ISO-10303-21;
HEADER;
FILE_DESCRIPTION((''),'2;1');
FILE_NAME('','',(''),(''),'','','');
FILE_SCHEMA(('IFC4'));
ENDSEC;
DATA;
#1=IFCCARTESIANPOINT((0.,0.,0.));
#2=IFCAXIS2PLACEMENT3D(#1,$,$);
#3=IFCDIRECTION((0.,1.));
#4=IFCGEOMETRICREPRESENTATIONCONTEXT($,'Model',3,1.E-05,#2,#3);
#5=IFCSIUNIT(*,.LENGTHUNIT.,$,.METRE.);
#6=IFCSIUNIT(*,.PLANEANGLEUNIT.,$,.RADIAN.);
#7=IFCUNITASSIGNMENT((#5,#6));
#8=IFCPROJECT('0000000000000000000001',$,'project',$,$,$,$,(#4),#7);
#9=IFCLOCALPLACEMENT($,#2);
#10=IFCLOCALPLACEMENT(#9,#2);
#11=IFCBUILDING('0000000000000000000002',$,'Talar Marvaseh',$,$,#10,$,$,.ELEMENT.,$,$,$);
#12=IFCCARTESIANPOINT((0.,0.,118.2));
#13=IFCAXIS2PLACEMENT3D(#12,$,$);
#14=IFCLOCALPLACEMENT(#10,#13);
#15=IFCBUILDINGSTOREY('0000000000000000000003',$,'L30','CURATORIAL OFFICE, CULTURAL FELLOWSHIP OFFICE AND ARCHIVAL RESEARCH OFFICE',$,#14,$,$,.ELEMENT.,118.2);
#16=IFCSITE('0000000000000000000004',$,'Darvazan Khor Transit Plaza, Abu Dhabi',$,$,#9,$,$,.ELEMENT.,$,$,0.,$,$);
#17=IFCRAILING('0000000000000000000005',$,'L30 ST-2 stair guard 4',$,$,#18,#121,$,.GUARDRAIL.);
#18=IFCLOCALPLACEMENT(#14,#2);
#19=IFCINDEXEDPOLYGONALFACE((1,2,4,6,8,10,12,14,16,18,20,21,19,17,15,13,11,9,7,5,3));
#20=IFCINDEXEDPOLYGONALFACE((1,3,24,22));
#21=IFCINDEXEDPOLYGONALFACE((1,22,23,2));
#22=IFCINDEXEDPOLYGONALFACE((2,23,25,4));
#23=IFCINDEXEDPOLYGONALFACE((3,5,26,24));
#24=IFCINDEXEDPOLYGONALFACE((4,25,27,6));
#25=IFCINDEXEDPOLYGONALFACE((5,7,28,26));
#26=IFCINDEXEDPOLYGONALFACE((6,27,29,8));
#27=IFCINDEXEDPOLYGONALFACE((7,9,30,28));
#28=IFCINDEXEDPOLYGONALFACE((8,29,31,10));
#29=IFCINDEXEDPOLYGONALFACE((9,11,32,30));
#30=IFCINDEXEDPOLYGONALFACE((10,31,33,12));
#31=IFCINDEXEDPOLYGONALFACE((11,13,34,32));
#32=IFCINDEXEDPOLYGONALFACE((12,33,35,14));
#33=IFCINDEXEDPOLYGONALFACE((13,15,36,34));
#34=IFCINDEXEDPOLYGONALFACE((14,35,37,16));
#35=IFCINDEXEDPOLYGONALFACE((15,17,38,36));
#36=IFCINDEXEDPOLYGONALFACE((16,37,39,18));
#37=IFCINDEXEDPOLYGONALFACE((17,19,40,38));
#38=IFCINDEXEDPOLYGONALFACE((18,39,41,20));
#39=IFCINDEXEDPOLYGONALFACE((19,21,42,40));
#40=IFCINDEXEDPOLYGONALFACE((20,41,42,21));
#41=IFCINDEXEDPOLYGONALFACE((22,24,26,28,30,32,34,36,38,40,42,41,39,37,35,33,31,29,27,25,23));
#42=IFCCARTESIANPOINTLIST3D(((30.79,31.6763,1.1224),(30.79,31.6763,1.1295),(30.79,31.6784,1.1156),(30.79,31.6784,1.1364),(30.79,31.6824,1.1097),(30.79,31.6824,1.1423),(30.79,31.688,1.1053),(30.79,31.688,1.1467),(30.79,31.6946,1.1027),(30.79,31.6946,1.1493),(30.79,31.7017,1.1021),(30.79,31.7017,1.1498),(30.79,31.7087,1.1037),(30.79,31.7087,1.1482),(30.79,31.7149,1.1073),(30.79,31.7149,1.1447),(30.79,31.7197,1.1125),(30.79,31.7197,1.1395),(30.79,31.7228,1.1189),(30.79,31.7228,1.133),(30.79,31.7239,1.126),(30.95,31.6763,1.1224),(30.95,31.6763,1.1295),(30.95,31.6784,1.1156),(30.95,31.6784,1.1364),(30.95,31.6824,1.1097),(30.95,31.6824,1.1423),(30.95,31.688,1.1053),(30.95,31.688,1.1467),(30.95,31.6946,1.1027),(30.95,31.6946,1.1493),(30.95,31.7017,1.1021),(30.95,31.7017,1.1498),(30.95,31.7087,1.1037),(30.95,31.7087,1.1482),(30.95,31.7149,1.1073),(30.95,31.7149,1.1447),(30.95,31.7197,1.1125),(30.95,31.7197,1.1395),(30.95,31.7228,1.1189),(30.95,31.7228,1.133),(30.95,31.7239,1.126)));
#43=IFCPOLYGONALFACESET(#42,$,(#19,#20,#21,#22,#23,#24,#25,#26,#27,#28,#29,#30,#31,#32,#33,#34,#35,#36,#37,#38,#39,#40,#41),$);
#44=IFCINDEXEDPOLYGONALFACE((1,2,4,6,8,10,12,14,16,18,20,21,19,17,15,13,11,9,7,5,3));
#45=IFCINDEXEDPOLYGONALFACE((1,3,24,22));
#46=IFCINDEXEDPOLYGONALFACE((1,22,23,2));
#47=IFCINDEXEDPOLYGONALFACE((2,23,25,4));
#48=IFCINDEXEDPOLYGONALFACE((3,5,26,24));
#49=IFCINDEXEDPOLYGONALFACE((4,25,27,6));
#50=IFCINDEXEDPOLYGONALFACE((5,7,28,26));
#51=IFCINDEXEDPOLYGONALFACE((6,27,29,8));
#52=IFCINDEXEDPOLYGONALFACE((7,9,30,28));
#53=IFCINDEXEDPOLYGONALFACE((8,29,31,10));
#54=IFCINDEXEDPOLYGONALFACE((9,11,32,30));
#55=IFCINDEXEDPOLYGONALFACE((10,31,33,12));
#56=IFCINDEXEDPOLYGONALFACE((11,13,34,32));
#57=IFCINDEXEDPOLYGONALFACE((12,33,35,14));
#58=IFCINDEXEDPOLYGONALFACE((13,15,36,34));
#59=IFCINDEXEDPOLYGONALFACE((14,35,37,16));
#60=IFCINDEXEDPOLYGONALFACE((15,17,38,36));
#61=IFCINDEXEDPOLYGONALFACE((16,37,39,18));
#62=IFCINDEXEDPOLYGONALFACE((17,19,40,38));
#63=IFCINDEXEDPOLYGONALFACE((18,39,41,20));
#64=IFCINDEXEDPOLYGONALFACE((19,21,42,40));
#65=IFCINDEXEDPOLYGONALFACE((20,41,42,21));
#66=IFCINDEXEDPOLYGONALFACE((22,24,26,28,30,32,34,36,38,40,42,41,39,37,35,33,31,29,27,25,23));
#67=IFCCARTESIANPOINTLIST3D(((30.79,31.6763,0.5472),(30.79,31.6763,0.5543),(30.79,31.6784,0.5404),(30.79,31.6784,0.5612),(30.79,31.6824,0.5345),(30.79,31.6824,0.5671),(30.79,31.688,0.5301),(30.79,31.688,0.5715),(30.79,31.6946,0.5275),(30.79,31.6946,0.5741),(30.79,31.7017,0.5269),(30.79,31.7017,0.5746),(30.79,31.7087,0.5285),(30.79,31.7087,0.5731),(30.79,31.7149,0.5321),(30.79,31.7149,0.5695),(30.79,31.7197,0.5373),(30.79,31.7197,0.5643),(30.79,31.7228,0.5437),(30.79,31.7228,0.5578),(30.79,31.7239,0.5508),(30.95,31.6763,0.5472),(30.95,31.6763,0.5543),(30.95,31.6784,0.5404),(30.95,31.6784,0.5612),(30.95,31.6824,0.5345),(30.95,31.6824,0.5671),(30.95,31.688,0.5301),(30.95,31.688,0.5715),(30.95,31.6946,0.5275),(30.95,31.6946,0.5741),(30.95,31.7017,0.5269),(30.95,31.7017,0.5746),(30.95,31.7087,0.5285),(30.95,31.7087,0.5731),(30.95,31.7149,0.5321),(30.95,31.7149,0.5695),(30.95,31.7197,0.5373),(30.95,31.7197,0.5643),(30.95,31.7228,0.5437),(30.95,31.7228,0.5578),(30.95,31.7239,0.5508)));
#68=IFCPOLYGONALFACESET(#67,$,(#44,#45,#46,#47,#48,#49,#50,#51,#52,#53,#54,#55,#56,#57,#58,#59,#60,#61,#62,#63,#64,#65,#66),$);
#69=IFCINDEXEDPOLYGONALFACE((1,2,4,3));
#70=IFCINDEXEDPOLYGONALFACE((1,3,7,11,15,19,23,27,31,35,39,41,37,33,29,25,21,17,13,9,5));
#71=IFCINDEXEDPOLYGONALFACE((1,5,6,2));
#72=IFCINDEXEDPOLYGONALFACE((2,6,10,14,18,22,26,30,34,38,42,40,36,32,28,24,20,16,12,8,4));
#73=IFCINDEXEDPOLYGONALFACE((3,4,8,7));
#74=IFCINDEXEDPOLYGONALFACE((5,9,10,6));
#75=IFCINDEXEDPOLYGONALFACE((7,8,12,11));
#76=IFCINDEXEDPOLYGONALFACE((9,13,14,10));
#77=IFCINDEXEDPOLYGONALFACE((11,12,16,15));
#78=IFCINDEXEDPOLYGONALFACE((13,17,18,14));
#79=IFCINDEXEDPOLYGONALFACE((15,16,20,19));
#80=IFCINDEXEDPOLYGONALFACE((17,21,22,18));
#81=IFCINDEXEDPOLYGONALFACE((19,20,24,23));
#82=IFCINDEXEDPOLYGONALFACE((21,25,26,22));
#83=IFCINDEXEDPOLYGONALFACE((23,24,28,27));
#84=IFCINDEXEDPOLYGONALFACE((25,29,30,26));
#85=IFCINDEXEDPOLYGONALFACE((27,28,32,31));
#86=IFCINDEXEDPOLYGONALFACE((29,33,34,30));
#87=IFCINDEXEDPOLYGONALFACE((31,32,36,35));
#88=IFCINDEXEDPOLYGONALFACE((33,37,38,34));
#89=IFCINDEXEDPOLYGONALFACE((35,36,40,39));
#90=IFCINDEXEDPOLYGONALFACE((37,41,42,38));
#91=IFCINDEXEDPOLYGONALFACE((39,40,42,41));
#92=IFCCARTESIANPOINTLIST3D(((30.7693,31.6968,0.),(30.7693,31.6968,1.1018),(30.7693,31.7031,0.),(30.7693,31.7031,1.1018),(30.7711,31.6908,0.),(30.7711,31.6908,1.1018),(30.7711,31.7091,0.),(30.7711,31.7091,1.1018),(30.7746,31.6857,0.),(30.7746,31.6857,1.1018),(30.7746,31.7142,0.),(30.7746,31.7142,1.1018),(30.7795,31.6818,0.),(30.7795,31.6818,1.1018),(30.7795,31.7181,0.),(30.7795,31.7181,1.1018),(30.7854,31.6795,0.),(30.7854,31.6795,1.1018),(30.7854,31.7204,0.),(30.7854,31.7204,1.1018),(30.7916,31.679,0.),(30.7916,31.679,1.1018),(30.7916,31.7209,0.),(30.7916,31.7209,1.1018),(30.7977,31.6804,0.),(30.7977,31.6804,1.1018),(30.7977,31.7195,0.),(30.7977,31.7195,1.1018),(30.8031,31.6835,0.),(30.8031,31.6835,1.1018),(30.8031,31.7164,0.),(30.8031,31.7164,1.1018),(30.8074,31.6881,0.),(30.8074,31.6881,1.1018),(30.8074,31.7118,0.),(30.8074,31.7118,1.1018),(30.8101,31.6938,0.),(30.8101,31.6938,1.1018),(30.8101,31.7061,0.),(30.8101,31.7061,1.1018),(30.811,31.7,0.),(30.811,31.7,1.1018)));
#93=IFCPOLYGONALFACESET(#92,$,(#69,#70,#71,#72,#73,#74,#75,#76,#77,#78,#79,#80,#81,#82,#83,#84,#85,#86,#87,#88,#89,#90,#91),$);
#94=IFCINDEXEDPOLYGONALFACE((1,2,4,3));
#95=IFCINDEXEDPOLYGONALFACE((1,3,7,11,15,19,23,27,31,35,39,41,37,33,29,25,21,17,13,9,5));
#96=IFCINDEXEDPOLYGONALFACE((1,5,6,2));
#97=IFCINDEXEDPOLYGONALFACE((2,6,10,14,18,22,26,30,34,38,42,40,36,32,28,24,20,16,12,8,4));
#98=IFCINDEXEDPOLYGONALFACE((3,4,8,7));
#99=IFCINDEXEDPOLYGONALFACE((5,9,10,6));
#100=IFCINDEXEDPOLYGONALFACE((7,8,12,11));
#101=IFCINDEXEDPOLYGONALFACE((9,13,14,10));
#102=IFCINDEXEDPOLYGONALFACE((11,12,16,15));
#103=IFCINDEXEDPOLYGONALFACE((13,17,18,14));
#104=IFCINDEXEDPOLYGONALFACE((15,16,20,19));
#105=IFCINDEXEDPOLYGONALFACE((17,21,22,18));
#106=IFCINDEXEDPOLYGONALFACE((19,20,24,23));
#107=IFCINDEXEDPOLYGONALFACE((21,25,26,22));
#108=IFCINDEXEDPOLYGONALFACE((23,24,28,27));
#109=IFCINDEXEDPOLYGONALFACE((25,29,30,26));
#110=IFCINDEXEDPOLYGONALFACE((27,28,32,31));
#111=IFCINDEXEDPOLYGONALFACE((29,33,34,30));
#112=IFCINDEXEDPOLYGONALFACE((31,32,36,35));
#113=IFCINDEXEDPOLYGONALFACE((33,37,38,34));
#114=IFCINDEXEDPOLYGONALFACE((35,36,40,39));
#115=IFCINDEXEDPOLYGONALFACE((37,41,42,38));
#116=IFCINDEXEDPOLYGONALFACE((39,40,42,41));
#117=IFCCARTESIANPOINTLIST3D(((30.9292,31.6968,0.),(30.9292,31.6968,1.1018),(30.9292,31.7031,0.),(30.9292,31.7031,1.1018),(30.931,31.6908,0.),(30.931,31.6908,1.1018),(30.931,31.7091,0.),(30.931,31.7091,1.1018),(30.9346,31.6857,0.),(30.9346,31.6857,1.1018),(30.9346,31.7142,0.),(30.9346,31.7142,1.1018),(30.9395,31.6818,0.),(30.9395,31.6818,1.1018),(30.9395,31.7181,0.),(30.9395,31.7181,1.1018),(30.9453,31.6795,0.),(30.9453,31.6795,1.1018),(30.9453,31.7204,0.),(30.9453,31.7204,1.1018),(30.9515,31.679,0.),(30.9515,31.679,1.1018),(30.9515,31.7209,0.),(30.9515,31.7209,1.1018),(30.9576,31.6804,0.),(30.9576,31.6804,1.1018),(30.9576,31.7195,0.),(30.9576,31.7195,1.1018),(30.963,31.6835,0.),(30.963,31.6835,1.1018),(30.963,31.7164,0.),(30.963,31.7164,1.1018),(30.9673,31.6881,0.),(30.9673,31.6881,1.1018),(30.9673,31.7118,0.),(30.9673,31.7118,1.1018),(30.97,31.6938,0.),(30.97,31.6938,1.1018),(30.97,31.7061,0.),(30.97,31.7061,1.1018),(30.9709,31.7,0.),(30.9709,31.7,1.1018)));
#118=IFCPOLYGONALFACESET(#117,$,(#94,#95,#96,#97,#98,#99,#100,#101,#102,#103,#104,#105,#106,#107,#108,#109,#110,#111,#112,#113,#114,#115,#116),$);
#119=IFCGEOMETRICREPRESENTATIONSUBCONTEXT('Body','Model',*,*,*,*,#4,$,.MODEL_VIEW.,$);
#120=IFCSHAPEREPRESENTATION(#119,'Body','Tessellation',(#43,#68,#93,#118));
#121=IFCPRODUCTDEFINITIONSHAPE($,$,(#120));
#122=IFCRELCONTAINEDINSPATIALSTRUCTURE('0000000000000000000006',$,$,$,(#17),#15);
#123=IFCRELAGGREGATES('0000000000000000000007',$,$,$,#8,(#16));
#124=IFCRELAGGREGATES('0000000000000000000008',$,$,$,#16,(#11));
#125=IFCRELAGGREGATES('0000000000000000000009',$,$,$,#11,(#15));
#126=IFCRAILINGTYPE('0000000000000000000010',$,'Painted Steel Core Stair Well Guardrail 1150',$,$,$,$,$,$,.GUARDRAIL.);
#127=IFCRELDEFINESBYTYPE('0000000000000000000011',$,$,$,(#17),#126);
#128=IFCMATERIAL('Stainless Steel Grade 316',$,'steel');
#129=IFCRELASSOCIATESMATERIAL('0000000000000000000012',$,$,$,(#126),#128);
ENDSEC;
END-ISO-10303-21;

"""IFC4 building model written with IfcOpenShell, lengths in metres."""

from ifc_helpers import new_model, si_unit, direction, frame, origin, origin_2d, place, context, subcontext, project, spatial, circle, extrude, material, type_object, element, save


model = new_model("IFC4")

# Units and contexts
model_context = context("Model", 3, precision=1e-05, world=origin(), true_north=direction((0.0, 1.0)))
body_context = subcontext(model_context, "Body", "Model", "MODEL_VIEW")
ifc_project = project(units=[si_unit("LENGTHUNIT", "METRE"), si_unit("PLANEANGLEUNIT", "RADIAN")], contexts=[model_context])

# Site, building, storey
site_placement = place(None, origin())
site = spatial("IfcSite", under=ifc_project, at=site_placement, Name="Darvazan Khor Transit Plaza, Abu Dhabi", CompositionType="ELEMENT", RefElevation=0.0)
building_placement = place(site_placement, origin())
building = spatial("IfcBuilding", under=site, at=building_placement, Name="Talar Marvaseh", CompositionType="ELEMENT")
storey_placement = place(building_placement, frame((0.0, 0.0, 118.2)))
storey = spatial("IfcBuildingStorey", under=building, at=storey_placement, Name="L30", Description="CURATORIAL OFFICE, CULTURAL FELLOWSHIP OFFICE AND ARCHIVAL RESEARCH OFFICE", CompositionType="ELEMENT", Elevation=118.2)

# Shared definitions
ifc_material_1 = material(Name="Stainless Steel Grade 316", Category="steel")

# Railing
railing_type_1 = type_object("IfcRailingType", Name="Painted Steel Core Stair Well Guardrail 1150", PredefinedType="GUARDRAIL", material=ifc_material_1)
railing_1_placement = place(storey_placement, frame((30.79, 31.7, 0.0)))
element("IfcRailing", 1, at=railing_1_placement, inside=storey, type_object=railing_type_1, Name="L30 ST-2 stair guard 4", PredefinedType="GUARDRAIL", context=body_context, shape_type="SweptSolid", body=[
    extrude(circle(Radius=0.0239, at=origin_2d()), frame((0.0, 0.0, 1.126), z_axis=(1.0, 0.0, 0.0), x_axis=(0.0, 1.0, 0.0)), (0.0, 0.0, 1.0), 0.1599),
    extrude(circle(Radius=0.0239, at=origin_2d()), frame((0.0, 0.0, 0.5508), z_axis=(1.0, 0.0, 0.0), x_axis=(0.0, 1.0, 0.0)), (0.0, 0.0, 1.0), 0.1599),
    extrude(circle(Radius=0.021, at=origin_2d()), origin(), (0.0, 0.0, 1.0), 1.1018),
    extrude(circle(Radius=0.021, at=origin_2d()), frame((0.1599, 0.0, 0.0)), (0.0, 0.0, 1.0), 1.1018),
])

save(model, "model.ifc")
